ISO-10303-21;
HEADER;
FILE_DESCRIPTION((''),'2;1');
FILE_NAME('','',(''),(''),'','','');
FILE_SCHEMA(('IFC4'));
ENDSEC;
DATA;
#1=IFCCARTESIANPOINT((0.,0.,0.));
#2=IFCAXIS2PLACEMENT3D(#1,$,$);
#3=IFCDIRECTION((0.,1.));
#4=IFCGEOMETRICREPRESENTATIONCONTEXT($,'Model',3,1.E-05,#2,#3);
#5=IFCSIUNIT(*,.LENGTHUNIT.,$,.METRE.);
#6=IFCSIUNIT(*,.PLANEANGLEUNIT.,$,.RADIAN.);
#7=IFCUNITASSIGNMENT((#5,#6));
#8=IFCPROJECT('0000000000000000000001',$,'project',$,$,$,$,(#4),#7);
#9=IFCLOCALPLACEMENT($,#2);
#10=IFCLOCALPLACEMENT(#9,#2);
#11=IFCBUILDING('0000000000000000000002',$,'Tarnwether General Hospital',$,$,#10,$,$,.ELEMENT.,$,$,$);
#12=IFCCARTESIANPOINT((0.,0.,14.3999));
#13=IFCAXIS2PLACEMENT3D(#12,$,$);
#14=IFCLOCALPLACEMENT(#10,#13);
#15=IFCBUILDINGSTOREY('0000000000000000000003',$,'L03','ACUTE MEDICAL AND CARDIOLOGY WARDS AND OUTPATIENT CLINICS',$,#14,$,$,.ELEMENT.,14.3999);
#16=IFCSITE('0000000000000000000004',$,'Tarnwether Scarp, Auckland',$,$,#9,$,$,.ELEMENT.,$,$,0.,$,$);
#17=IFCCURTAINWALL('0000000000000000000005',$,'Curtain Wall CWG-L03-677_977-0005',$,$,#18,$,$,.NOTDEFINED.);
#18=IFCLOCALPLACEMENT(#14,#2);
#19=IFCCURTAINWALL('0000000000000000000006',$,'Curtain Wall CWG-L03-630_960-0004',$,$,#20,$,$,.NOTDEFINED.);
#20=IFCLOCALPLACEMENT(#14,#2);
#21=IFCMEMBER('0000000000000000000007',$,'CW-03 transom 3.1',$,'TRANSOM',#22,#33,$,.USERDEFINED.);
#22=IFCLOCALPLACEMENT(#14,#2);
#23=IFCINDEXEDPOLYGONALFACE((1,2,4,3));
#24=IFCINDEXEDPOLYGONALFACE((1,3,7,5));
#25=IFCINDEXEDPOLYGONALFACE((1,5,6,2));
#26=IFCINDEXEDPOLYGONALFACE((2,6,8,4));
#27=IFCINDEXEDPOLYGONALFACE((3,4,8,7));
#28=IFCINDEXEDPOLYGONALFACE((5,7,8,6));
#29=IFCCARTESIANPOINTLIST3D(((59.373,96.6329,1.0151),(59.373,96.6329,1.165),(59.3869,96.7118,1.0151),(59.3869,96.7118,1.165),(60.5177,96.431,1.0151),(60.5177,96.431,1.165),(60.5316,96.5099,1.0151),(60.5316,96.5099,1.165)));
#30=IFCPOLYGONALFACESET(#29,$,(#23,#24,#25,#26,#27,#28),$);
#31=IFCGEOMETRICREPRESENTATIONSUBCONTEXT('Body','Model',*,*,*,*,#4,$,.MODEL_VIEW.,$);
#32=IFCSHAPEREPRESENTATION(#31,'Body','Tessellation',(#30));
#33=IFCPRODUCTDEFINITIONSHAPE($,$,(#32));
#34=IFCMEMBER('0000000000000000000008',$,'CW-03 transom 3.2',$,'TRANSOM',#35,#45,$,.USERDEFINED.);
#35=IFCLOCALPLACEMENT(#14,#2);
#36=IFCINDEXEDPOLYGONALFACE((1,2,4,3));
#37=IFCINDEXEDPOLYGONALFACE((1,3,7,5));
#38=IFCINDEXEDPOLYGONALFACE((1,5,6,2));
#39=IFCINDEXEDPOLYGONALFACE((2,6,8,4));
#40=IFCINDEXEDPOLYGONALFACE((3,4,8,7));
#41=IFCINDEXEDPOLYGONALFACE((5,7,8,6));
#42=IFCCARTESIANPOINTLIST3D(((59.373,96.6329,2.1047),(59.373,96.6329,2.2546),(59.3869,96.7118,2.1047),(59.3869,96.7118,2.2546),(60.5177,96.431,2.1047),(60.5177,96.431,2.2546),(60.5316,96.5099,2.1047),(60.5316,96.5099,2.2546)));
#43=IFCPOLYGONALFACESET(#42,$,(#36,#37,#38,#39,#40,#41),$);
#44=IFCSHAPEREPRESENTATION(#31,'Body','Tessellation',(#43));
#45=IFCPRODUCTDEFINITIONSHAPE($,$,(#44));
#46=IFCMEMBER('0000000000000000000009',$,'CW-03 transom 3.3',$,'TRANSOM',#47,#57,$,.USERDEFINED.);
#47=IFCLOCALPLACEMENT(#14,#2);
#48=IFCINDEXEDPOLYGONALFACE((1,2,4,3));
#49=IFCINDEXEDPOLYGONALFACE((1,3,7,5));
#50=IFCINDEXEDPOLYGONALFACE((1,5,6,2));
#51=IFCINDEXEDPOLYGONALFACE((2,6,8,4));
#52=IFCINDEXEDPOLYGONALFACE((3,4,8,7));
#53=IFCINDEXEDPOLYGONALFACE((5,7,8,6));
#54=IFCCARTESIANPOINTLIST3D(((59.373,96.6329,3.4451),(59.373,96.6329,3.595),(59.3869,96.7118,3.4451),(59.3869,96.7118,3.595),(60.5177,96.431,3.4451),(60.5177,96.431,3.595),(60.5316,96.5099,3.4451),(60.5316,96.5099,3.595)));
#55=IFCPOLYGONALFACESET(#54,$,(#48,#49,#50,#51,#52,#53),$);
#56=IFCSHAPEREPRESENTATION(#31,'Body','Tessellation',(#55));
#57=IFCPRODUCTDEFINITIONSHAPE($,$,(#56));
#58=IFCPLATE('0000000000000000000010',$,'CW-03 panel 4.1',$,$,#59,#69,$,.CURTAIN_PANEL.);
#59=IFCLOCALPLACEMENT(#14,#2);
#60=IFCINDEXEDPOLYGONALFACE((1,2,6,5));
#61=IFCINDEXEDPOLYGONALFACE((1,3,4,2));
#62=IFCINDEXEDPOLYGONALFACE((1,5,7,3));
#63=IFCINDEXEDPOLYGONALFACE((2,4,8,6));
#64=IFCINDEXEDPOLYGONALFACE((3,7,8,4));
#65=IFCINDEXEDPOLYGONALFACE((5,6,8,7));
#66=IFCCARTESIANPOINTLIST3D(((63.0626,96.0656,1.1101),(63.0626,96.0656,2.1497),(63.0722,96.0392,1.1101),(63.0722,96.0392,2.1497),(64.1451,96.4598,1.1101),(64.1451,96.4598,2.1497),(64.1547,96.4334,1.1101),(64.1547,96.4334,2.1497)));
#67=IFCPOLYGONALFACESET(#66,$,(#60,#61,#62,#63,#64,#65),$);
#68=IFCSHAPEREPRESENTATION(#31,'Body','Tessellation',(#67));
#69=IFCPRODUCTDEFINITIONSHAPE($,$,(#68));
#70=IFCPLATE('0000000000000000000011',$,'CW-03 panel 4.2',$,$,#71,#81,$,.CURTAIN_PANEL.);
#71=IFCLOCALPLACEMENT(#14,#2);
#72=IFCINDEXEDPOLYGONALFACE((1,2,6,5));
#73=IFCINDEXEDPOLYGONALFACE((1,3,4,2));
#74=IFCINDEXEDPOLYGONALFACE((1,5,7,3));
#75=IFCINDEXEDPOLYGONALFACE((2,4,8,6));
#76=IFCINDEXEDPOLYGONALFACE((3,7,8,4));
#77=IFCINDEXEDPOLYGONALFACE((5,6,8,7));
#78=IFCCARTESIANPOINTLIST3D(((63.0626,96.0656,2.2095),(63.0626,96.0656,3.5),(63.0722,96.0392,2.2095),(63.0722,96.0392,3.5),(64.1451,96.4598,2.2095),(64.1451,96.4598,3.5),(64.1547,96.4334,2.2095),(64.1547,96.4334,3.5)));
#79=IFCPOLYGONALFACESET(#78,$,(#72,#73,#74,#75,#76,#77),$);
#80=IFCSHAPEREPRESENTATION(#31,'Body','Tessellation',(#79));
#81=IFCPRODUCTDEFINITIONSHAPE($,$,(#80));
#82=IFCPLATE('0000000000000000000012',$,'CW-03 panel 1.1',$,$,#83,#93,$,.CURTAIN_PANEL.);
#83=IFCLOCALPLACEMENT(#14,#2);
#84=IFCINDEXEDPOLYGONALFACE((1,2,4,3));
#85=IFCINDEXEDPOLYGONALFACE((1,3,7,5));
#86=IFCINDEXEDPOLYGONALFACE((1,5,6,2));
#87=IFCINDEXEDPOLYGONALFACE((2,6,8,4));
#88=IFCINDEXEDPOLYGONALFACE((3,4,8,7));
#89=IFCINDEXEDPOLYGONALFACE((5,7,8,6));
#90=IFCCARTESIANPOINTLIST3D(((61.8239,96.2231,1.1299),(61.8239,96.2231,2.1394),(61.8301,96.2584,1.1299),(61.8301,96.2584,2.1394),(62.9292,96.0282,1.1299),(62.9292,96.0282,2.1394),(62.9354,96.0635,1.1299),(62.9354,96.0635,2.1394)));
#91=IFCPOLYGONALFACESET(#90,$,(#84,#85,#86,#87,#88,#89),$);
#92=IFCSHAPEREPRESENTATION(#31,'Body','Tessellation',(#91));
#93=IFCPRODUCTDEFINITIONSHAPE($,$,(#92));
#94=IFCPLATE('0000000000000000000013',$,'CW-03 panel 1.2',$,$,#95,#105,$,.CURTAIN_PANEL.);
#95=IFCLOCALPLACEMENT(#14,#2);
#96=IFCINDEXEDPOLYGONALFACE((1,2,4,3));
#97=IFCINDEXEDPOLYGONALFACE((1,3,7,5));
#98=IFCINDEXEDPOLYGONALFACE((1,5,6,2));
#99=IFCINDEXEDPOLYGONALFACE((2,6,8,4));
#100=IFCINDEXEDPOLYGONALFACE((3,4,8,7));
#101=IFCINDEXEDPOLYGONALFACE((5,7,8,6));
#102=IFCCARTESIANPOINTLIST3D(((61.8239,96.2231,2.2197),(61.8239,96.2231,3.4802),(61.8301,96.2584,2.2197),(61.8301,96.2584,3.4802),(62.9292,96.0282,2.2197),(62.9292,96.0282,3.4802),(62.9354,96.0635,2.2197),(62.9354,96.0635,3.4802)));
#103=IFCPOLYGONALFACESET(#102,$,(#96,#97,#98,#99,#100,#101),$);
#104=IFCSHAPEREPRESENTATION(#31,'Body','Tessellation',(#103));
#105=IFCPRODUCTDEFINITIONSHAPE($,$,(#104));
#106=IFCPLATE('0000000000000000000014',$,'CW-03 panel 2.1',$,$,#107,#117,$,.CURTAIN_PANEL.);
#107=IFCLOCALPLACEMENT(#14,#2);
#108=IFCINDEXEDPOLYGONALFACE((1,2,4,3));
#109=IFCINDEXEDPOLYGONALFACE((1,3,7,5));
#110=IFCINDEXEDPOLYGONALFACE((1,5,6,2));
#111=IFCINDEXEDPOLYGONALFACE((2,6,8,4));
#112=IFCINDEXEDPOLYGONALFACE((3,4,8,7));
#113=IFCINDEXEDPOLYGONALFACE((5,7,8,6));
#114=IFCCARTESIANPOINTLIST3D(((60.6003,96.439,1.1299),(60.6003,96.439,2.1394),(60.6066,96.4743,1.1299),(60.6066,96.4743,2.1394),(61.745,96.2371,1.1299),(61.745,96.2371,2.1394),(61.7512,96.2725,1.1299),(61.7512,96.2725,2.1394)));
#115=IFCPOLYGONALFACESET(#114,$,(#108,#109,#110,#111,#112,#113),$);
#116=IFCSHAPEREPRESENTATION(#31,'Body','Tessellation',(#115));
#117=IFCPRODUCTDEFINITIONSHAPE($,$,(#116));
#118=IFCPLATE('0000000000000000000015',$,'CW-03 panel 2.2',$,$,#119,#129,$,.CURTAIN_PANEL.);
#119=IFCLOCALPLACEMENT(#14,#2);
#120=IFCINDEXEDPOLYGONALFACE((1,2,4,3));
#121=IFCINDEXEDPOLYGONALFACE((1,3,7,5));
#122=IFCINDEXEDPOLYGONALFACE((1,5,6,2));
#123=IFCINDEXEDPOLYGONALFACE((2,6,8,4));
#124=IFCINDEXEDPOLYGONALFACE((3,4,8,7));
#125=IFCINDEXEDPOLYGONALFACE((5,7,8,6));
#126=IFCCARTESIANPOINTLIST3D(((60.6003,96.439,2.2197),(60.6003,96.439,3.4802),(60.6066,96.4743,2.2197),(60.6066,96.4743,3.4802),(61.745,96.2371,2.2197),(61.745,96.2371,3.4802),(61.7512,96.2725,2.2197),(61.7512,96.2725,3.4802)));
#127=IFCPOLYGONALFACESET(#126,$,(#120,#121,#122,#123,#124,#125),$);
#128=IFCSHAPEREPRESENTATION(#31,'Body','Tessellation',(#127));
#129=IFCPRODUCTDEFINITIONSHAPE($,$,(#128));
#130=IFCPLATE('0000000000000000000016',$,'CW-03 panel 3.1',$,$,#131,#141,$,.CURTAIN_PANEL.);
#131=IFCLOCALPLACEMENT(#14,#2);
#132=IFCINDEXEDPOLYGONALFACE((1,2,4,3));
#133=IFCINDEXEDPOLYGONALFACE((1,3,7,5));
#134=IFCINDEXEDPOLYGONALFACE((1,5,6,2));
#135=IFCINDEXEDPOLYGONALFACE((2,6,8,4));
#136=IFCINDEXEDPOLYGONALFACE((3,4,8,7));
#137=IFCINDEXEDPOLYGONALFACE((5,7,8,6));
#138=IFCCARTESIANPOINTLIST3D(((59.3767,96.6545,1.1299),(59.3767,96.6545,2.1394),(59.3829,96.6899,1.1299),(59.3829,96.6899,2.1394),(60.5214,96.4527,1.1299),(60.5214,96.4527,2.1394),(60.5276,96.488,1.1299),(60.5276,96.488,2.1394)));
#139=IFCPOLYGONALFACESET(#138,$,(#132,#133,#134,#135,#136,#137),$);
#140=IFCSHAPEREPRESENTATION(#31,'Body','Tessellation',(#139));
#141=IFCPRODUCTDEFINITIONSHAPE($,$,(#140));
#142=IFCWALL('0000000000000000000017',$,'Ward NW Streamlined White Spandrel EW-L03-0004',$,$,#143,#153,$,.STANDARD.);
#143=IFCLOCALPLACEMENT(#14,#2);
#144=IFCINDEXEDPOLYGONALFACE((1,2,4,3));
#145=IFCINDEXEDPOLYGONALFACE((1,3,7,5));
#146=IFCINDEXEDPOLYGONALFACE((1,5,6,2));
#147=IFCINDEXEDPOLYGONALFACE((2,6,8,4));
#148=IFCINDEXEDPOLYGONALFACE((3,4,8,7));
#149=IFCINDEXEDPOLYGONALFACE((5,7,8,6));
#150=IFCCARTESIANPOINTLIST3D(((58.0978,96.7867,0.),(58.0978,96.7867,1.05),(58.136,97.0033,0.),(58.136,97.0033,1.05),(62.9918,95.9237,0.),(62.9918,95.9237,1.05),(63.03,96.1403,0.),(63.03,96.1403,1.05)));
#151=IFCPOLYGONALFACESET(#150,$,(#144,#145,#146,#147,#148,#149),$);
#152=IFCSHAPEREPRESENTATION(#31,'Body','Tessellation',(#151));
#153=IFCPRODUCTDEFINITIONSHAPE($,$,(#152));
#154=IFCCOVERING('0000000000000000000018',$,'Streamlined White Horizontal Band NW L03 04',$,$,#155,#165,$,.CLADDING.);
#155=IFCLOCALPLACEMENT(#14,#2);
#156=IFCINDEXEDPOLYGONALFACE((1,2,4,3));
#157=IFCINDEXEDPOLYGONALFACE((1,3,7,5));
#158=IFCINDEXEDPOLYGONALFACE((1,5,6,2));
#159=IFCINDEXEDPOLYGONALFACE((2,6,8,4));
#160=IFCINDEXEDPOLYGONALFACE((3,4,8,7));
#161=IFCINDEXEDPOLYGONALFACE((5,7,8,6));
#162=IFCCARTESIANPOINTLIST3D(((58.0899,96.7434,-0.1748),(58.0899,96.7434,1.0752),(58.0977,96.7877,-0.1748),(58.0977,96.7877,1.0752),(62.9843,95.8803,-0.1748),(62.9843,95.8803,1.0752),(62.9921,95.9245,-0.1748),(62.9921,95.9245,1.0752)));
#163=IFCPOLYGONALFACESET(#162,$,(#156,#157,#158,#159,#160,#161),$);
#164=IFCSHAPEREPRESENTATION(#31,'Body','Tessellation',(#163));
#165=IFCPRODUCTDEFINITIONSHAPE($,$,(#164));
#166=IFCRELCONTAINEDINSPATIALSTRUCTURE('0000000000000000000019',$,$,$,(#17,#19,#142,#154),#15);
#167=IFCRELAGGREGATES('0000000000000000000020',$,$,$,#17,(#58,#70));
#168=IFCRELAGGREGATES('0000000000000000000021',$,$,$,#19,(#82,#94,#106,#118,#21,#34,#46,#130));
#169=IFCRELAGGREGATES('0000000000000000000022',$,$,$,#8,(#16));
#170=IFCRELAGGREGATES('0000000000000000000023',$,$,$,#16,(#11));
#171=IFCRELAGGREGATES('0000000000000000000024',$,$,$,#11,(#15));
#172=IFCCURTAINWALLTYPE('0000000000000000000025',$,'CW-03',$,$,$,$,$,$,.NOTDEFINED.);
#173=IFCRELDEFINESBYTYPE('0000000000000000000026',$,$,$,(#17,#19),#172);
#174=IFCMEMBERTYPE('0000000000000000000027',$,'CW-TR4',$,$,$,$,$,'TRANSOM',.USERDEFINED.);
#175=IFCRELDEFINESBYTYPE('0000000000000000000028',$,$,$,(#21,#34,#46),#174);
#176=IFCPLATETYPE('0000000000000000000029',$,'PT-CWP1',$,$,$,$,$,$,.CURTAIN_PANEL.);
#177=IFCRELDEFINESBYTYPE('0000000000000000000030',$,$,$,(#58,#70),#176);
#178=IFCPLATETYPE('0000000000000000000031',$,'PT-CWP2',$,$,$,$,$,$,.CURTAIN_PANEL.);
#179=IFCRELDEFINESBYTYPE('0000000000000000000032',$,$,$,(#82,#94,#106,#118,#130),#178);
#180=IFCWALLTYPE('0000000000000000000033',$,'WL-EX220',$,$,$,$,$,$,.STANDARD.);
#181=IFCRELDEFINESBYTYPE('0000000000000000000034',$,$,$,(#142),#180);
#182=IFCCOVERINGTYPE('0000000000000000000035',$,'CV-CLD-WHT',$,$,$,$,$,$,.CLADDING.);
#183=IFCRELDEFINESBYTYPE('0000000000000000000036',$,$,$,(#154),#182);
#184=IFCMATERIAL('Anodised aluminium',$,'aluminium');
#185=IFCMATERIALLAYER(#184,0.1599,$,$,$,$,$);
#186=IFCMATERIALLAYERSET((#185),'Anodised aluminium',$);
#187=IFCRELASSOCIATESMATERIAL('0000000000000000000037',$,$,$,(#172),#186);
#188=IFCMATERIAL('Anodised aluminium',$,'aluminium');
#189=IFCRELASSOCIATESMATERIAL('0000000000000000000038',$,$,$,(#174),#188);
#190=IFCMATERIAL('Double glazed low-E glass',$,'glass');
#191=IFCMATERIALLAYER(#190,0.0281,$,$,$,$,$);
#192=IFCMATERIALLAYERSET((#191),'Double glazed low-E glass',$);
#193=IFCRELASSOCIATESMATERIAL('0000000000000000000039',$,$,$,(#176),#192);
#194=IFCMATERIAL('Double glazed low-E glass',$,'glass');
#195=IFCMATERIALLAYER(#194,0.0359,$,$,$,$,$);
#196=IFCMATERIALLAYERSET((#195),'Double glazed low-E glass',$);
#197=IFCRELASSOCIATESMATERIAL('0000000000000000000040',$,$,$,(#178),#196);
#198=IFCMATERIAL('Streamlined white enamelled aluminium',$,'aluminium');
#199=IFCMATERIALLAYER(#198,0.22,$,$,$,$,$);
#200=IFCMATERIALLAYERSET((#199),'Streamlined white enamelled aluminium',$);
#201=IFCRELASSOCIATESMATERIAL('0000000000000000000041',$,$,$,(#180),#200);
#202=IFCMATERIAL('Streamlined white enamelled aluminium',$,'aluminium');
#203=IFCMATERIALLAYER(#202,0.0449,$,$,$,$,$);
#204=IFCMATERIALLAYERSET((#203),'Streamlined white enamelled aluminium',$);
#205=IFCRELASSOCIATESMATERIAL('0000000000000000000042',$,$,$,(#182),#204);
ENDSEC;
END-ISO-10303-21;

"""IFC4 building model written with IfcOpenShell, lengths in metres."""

from ifc_helpers import new_model, si_unit, direction, frame, frame_2d, origin, origin_2d, place, context, subcontext, project, spatial, rectangle, extrude, material, layer, layer_set, material_profile, profile_set, type_object, element, aggregate, save


model = new_model("IFC4")

# Units and contexts
model_context = context("Model", 3, precision=1e-05, world=origin(), true_north=direction((0.0, 1.0)))
body_context = subcontext(model_context, "Body", "Model", "MODEL_VIEW")
ifc_project = project(units=[si_unit("LENGTHUNIT", "METRE"), si_unit("PLANEANGLEUNIT", "RADIAN")], contexts=[model_context])

# Site, building, storey
site_placement = place(None, origin())
site = spatial("IfcSite", under=ifc_project, at=site_placement, Name="Tarnwether Scarp, Auckland", CompositionType="ELEMENT", RefElevation=0.0)
building_placement = place(site_placement, origin())
building = spatial("IfcBuilding", under=site, at=building_placement, Name="Tarnwether General Hospital", CompositionType="ELEMENT")
storey_placement = place(building_placement, frame((0.0, 0.0, 14.3999)))
storey = spatial("IfcBuildingStorey", under=building, at=storey_placement, Name="L03", Description="ACUTE MEDICAL AND CARDIOLOGY WARDS AND OUTPATIENT CLINICS", CompositionType="ELEMENT", Elevation=14.3999)

# Curtain walls
ifc_material_1 = material(Name="Anodised aluminium", Category="aluminium")
ifc_layer_1 = layer(ifc_material_1, 0.1599)
ifc_layer_set_1 = layer_set([ifc_layer_1], Name="Anodised aluminium")
curtain_wall_type = type_object("IfcCurtainWallType", Name="CW-03", PredefinedType="NOTDEFINED", material=ifc_layer_set_1)
curtain_wall_1_placement = place(storey_placement, origin())
curtain_wall_1 = element("IfcCurtainWall", 1, at=curtain_wall_1_placement, inside=storey, type_object=curtain_wall_type, Name="Curtain Wall CWG-L03-677_977-0005", PredefinedType="NOTDEFINED")
curtain_wall_2_placement = place(storey_placement, origin())
curtain_wall_2 = element("IfcCurtainWall", 2, at=curtain_wall_2_placement, inside=storey, type_object=curtain_wall_type, Name="Curtain Wall CWG-L03-630_960-0004", PredefinedType="NOTDEFINED")

# Members
ifc_material_2 = material(Name="Anodised aluminium", Category="aluminium")
ifc_material_profile_1 = material_profile(ifc_material_2, rectangle(XDim=0.0801, YDim=0.1499, at=origin_2d()), Name="ALU-TRN-80x150")
ifc_profile_set_1 = profile_set([ifc_material_profile_1], Name="Anodised aluminium")
member_type_1 = type_object("IfcMemberType", Name="CW-TR4", ElementType="TRANSOM", PredefinedType="USERDEFINED", material=ifc_profile_set_1)
member_1_placement = place(storey_placement, frame((60.5247, 96.4705, 1.0901), z_axis=(-0.9848, 0.173689, 0.0), x_axis=(-0.173689, -0.9848, 0.0)))
member_1 = element("IfcMember", 3, at=member_1_placement, type_object=member_type_1, Name="CW-03 transom 3.1", ObjectType="TRANSOM", PredefinedType="USERDEFINED", context=body_context, shape_type="SweptSolid", body=[
    extrude(rectangle(XDim=0.0801, YDim=0.1499, at=origin_2d()), origin(), (0.0, 0.0, 1.0), 1.1624),
])
member_2_placement = place(storey_placement, frame((60.5247, 96.4705, 2.1797), z_axis=(-0.9848, 0.173689, 0.0), x_axis=(-0.173689, -0.9848, 0.0)))
member_2 = element("IfcMember", 4, at=member_2_placement, type_object=member_type_1, Name="CW-03 transom 3.2", ObjectType="TRANSOM", PredefinedType="USERDEFINED", context=body_context, shape_type="SweptSolid", body=[
    extrude(rectangle(XDim=0.0801, YDim=0.1499, at=origin_2d()), origin(), (0.0, 0.0, 1.0), 1.1624),
])
member_3_placement = place(storey_placement, frame((60.5247, 96.4705, 3.52), z_axis=(-0.9848, 0.173689, 0.0), x_axis=(-0.173689, -0.9848, 0.0)))
member_3 = element("IfcMember", 5, at=member_3_placement, type_object=member_type_1, Name="CW-03 transom 3.3", ObjectType="TRANSOM", PredefinedType="USERDEFINED", context=body_context, shape_type="SweptSolid", body=[
    extrude(rectangle(XDim=0.0801, YDim=0.1499, at=origin_2d()), origin(), (0.0, 0.0, 1.0), 1.1624),
])

# Plates
ifc_material_3 = material(Name="Double glazed low-E glass", Category="glass")
ifc_layer_2 = layer(ifc_material_3, 0.0281)
ifc_layer_set_2 = layer_set([ifc_layer_2], Name="Double glazed low-E glass")
plate_type_1 = type_object("IfcPlateType", Name="PT-CWP1", PredefinedType="CURTAIN_PANEL", material=ifc_layer_set_2)
plate_1_placement = place(storey_placement, frame((63.6086, 96.2495, 1.1101), z_axis=(0.0, 0.0, 1.0), x_axis=(-0.939652, -0.342131, 0.0)))
plate_1 = element("IfcPlate", 6, at=plate_1_placement, type_object=plate_type_1, Name="CW-03 panel 4.1", PredefinedType="CURTAIN_PANEL", context=body_context, shape_type="SweptSolid", body=[
    extrude(rectangle(XDim=1.1521, YDim=0.0281, at=origin_2d()), origin(), (0.0, 0.0, 1.0), 1.0396),
])
plate_2_placement = place(storey_placement, frame((63.6086, 96.2495, 2.2095), z_axis=(0.0, 0.0, 1.0), x_axis=(-0.939652, -0.342131, 0.0)))
plate_2 = element("IfcPlate", 7, at=plate_2_placement, type_object=plate_type_1, Name="CW-03 panel 4.2", PredefinedType="CURTAIN_PANEL", context=body_context, shape_type="SweptSolid", body=[
    extrude(rectangle(XDim=1.1521, YDim=0.0281, at=origin_2d()), origin(), (0.0, 0.0, 1.0), 1.2905),
])
aggregate(curtain_wall_1, [plate_1, plate_2])
ifc_material_4 = material(Name="Double glazed low-E glass", Category="glass")
ifc_layer_3 = layer(ifc_material_4, 0.0359)
ifc_layer_set_3 = layer_set([ifc_layer_3], Name="Double glazed low-E glass")
plate_type_2 = type_object("IfcPlateType", Name="PT-CWP2", PredefinedType="CURTAIN_PANEL", material=ifc_layer_set_3)
plate_3_placement = place(storey_placement, frame((62.3796, 96.1433, 1.1299), z_axis=(0.0, 0.0, 1.0), x_axis=(-0.984806, 0.173659, 0.0)))
plate_3 = element("IfcPlate", 8, at=plate_3_placement, type_object=plate_type_2, Name="CW-03 panel 1.1", PredefinedType="CURTAIN_PANEL", context=body_context, shape_type="SweptSolid", body=[
    extrude(rectangle(XDim=1.1223, YDim=0.0359, at=origin_2d()), origin(), (0.0, 0.0, 1.0), 1.0095),
])
plate_4_placement = place(storey_placement, frame((62.3796, 96.1433, 2.2197), z_axis=(0.0, 0.0, 1.0), x_axis=(-0.984806, 0.173659, 0.0)))
plate_4 = element("IfcPlate", 9, at=plate_4_placement, type_object=plate_type_2, Name="CW-03 panel 1.2", PredefinedType="CURTAIN_PANEL", context=body_context, shape_type="SweptSolid", body=[
    extrude(rectangle(XDim=1.1223, YDim=0.0359, at=origin_2d()), origin(), (0.0, 0.0, 1.0), 1.2605),
])
plate_5_placement = place(storey_placement, frame((61.1758, 96.3557, 1.1299), z_axis=(0.0, 0.0, 1.0), x_axis=(-0.984806, 0.173659, 0.0)))
plate_5 = element("IfcPlate", 10, at=plate_5_placement, type_object=plate_type_2, Name="CW-03 panel 2.1", PredefinedType="CURTAIN_PANEL", context=body_context, shape_type="SweptSolid", body=[
    extrude(rectangle(XDim=1.1624, YDim=0.0359, at=origin_2d()), origin(), (0.0, 0.0, 1.0), 1.0095),
])
plate_6_placement = place(storey_placement, frame((61.1758, 96.3557, 2.2197), z_axis=(0.0, 0.0, 1.0), x_axis=(-0.984806, 0.173659, 0.0)))
plate_6 = element("IfcPlate", 11, at=plate_6_placement, type_object=plate_type_2, Name="CW-03 panel 2.2", PredefinedType="CURTAIN_PANEL", context=body_context, shape_type="SweptSolid", body=[
    extrude(rectangle(XDim=1.1624, YDim=0.0359, at=origin_2d()), origin(), (0.0, 0.0, 1.0), 1.2605),
])
plate_7_placement = place(storey_placement, frame((59.9521, 96.5713, 1.1299), z_axis=(0.0, 0.0, 1.0), x_axis=(-0.984806, 0.173659, 0.0)))
plate_7 = element("IfcPlate", 12, at=plate_7_placement, type_object=plate_type_2, Name="CW-03 panel 3.1", PredefinedType="CURTAIN_PANEL", context=body_context, shape_type="SweptSolid", body=[
    extrude(rectangle(XDim=1.1624, YDim=0.0359, at=origin_2d()), origin(), (0.0, 0.0, 1.0), 1.0095),
])
aggregate(curtain_wall_2, [plate_3, plate_4, plate_5, plate_6, member_1, member_2, member_3, plate_7])

# Wall
ifc_material_5 = material(Name="Streamlined white enamelled aluminium", Category="aluminium")
ifc_layer_4 = layer(ifc_material_5, 0.22)
ifc_layer_set_4 = layer_set([ifc_layer_4], Name="Streamlined white enamelled aluminium")
wall_type = type_object("IfcWallType", Name="WL-EX220", PredefinedType="STANDARD", material=ifc_layer_set_4)
wall_placement = place(storey_placement, frame((63.011, 96.032, 0.0), z_axis=(0.0, 0.0, 1.0), x_axis=(-0.984805, 0.173665, 0.0)))
element("IfcWall", 13, at=wall_placement, inside=storey, type_object=wall_type, Name="Ward NW Streamlined White Spandrel EW-L03-0004", PredefinedType="STANDARD", context=body_context, shape_type="SweptSolid", body=[
    extrude(rectangle(XDim=4.9695, YDim=0.22, at=frame_2d((2.4849, 0.0))), origin(), (0.0, 0.0, 1.0), 1.05),
])

# Covering
ifc_material_6 = material(Name="Streamlined white enamelled aluminium", Category="aluminium")
ifc_layer_5 = layer(ifc_material_6, 0.0449)
ifc_layer_set_5 = layer_set([ifc_layer_5], Name="Streamlined white enamelled aluminium")
covering_type = type_object("IfcCoveringType", Name="CV-CLD-WHT", PredefinedType="CLADDING", material=ifc_layer_set_5)
covering_placement = place(storey_placement, frame((60.541, 96.334, -0.1748), z_axis=(0.0, 0.0, 1.0), x_axis=(-0.984805, 0.173665, 0.0)))
element("IfcCovering", 14, at=covering_placement, inside=storey, type_object=covering_type, Name="Streamlined White Horizontal Band NW L03 04", PredefinedType="CLADDING", context=body_context, shape_type="SweptSolid", body=[
    extrude(rectangle(XDim=4.97, YDim=0.0449, at=origin_2d()), origin(), (0.0, 0.0, 1.0), 1.25),
])

save(model, "model.ifc")
